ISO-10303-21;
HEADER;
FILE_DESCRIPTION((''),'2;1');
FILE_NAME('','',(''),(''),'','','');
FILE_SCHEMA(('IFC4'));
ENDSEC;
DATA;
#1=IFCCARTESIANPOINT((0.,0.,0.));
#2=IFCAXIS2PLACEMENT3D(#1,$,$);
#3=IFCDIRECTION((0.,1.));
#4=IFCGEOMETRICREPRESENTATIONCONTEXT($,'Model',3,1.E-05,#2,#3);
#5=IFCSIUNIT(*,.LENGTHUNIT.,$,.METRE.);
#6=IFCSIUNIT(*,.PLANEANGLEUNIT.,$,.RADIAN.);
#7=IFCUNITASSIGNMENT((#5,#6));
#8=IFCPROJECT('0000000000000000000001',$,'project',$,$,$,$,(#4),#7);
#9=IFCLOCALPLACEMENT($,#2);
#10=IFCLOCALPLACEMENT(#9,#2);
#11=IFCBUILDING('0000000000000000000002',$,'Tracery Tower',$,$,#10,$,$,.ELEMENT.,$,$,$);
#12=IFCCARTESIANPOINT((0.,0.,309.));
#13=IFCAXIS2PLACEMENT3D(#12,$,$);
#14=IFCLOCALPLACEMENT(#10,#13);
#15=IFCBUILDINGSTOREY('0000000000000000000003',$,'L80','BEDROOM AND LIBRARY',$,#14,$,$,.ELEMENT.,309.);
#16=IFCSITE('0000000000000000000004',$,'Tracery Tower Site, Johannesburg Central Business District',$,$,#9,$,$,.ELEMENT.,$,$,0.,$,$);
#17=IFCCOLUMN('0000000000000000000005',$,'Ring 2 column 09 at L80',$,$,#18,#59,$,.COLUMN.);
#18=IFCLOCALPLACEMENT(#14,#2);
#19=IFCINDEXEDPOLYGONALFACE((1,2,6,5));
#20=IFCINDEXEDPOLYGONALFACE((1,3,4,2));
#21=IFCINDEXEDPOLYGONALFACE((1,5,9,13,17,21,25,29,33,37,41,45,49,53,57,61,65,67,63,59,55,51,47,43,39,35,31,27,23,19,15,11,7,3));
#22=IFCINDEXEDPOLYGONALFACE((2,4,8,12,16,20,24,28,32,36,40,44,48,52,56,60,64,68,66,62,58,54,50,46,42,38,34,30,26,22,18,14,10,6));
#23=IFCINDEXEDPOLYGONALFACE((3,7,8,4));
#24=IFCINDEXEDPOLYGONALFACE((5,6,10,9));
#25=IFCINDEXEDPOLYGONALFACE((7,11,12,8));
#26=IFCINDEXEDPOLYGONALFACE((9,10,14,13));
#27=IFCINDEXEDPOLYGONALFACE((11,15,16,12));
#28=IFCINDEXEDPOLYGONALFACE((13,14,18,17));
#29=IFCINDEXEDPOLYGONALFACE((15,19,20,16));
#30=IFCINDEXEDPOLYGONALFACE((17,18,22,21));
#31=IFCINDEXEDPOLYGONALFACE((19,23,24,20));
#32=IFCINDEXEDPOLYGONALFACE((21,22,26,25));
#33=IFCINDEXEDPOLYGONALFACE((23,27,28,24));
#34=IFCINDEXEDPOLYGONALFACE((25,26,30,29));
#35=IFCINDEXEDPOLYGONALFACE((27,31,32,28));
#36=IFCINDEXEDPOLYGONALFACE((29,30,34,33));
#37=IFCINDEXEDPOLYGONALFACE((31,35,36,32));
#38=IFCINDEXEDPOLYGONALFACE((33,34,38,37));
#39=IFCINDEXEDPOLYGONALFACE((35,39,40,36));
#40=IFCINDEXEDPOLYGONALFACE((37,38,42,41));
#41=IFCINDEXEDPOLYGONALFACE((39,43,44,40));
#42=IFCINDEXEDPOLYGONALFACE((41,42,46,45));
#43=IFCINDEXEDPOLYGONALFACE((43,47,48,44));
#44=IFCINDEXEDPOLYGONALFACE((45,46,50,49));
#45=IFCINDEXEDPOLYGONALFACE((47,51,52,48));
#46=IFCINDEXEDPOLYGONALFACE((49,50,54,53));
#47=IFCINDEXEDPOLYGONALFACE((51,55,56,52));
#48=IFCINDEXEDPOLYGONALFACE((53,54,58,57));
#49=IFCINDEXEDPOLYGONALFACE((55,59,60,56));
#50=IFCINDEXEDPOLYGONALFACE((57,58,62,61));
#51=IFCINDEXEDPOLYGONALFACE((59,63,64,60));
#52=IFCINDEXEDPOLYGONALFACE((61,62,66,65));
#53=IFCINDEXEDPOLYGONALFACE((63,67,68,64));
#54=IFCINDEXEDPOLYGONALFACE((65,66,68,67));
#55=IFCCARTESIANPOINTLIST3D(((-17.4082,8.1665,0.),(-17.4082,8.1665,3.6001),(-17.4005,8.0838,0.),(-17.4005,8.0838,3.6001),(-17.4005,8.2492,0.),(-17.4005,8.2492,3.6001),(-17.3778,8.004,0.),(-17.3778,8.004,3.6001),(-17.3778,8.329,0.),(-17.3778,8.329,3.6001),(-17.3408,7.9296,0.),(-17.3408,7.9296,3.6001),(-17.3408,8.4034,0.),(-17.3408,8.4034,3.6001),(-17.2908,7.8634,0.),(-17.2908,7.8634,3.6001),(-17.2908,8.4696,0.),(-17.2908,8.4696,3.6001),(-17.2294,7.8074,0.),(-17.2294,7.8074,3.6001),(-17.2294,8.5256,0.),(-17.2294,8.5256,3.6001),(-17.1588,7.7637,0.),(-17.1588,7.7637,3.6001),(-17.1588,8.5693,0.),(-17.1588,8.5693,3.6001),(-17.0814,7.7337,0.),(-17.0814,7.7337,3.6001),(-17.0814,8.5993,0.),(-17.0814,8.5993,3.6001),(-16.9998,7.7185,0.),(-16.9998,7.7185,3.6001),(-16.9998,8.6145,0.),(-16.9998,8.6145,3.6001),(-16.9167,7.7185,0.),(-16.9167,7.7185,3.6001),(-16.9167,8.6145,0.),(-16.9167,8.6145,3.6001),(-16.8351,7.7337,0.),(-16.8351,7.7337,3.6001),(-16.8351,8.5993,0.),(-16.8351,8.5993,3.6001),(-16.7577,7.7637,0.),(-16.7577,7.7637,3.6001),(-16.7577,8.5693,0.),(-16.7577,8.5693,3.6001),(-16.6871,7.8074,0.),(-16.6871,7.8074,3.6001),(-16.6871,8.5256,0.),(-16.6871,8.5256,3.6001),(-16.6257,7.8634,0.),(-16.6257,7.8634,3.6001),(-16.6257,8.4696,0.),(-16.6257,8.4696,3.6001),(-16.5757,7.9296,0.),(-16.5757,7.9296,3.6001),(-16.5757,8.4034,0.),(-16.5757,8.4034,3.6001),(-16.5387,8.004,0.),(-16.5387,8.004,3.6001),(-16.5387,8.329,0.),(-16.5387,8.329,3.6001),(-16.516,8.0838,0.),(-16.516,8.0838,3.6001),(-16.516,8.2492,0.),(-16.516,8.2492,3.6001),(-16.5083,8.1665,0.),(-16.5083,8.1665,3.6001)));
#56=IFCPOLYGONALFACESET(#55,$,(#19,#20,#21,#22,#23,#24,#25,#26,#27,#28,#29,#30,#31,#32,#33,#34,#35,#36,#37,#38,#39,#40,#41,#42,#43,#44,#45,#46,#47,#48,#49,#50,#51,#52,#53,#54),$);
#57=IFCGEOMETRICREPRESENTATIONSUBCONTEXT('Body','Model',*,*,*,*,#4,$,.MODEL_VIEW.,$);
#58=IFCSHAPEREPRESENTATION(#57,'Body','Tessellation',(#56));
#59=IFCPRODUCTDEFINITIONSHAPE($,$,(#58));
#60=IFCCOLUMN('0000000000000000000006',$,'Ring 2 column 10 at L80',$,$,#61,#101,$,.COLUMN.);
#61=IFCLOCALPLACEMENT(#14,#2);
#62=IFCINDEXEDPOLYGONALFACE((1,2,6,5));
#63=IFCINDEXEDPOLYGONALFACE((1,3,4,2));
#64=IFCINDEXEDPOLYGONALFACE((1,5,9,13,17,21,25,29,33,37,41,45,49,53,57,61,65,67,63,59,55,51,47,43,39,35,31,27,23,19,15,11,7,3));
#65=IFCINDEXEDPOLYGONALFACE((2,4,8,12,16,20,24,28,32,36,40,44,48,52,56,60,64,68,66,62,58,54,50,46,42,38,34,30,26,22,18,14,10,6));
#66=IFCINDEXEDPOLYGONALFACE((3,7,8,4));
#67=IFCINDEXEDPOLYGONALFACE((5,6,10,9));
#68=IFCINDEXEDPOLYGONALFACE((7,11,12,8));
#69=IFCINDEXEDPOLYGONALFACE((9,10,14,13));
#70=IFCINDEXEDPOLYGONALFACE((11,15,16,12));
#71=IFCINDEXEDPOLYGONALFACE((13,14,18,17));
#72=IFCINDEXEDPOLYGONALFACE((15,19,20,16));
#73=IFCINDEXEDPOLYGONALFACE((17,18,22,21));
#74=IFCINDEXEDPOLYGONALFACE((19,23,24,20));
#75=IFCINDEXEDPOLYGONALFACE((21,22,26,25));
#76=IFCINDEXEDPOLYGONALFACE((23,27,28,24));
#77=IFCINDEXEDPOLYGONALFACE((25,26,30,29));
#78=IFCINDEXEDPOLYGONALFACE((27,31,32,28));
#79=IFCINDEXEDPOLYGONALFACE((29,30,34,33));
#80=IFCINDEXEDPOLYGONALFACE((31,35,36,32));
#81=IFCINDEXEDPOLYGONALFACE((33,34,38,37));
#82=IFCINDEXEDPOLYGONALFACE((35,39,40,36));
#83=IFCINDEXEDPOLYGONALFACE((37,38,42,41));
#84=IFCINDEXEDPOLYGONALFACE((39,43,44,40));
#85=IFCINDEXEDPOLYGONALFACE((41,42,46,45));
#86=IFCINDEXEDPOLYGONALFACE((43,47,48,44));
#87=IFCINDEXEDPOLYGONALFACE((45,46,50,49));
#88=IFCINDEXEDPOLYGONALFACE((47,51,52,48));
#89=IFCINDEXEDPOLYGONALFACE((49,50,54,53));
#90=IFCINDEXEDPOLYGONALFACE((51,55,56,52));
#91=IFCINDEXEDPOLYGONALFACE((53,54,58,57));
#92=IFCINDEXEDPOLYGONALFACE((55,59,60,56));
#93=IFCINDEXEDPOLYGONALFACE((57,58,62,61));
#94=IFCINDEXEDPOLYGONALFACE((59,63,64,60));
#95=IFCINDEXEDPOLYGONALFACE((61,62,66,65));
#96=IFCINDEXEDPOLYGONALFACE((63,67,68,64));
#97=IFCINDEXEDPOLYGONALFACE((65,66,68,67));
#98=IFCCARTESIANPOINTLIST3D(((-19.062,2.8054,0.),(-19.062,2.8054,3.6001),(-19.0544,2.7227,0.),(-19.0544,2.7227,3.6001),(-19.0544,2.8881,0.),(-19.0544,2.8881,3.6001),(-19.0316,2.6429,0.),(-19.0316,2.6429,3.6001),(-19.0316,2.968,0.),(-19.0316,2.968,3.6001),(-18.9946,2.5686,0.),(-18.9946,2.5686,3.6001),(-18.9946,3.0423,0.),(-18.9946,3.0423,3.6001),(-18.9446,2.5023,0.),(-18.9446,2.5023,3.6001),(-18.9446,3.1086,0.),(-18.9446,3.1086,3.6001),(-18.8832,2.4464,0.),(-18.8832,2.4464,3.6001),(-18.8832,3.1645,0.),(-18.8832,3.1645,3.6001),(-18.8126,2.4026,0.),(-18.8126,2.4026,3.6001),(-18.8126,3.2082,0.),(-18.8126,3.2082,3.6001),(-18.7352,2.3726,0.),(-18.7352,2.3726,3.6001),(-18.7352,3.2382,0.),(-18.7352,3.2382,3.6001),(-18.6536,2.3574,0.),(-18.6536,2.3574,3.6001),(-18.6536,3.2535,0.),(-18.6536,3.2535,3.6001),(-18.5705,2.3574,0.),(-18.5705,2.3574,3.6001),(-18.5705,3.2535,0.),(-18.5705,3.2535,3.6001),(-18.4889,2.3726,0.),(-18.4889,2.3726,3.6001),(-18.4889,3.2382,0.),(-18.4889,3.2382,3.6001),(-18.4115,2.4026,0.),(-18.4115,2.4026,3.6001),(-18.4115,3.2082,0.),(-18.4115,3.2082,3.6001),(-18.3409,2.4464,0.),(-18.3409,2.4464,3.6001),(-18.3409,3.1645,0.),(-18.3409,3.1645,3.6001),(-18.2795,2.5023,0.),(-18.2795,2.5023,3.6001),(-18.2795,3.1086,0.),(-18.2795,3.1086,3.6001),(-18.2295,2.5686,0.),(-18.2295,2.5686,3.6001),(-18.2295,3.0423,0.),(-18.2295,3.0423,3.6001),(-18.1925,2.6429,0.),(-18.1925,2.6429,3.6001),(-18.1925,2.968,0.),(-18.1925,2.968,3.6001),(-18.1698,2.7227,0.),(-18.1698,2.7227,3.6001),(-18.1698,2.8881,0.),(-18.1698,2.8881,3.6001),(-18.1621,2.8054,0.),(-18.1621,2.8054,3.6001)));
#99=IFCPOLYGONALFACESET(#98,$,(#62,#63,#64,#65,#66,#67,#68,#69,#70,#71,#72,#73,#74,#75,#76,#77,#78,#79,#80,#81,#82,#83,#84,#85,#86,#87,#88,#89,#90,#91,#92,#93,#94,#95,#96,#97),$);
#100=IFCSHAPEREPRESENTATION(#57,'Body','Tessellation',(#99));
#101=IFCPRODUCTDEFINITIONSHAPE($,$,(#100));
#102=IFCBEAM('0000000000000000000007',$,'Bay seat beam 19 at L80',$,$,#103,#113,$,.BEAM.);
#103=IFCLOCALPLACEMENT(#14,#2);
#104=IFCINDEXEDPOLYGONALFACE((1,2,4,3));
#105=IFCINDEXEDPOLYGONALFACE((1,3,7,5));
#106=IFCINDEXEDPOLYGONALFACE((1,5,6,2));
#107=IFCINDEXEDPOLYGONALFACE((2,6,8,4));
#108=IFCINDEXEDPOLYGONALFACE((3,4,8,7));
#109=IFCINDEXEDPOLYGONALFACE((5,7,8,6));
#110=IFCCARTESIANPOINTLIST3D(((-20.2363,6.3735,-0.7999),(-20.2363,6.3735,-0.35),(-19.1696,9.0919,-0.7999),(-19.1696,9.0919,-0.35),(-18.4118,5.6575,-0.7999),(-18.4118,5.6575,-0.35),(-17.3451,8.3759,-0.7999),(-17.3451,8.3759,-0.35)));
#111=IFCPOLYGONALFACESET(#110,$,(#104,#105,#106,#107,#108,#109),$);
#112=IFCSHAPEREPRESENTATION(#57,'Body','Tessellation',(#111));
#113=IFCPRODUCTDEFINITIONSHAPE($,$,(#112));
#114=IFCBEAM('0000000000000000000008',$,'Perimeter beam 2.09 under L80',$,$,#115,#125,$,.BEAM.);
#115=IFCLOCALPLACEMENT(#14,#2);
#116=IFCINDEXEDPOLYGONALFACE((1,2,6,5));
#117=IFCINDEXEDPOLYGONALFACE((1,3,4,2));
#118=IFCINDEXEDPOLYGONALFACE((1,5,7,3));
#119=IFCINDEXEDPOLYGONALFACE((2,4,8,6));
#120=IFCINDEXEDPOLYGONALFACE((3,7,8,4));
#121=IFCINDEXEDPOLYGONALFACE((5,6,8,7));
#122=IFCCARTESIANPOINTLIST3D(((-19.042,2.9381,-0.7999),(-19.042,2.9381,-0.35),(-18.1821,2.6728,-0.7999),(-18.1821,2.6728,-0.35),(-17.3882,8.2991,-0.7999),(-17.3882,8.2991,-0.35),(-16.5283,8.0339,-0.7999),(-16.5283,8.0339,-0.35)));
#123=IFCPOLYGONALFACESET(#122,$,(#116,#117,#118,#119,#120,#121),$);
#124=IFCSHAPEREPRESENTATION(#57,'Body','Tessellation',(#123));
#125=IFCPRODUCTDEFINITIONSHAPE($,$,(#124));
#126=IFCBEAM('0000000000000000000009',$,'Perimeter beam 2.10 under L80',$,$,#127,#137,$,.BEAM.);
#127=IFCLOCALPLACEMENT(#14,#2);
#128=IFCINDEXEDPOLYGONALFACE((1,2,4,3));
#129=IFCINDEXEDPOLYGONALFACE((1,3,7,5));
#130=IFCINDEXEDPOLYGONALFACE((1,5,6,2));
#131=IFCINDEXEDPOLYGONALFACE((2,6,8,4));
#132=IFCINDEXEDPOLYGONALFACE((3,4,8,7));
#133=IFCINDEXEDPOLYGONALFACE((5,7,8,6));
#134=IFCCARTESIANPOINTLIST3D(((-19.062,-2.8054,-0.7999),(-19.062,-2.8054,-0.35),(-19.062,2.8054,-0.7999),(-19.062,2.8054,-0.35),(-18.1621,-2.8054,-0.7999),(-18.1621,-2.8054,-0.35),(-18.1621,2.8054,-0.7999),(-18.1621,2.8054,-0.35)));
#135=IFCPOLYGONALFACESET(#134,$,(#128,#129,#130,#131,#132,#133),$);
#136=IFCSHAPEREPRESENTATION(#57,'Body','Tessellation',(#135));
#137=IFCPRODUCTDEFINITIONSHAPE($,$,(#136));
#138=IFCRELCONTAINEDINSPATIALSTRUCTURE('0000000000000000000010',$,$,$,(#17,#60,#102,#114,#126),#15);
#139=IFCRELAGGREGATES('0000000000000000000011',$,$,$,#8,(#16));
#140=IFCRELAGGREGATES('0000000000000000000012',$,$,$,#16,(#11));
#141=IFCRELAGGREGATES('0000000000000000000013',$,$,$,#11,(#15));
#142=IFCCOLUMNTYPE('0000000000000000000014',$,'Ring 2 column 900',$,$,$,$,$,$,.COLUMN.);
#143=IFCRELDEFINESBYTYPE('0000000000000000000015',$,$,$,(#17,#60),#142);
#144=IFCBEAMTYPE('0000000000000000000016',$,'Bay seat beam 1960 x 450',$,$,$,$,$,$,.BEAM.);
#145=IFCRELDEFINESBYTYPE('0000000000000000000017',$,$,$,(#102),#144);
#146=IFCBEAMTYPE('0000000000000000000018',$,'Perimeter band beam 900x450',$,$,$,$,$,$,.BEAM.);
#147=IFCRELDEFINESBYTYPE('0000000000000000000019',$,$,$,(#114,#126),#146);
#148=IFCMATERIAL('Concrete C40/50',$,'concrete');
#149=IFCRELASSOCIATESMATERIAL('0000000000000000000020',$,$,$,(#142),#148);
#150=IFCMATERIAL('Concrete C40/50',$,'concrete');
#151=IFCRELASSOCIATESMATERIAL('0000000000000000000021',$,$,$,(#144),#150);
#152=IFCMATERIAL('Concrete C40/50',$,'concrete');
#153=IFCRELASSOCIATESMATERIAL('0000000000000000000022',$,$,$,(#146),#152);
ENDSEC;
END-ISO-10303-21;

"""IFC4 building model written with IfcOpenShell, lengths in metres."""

from ifc_helpers import new_model, si_unit, direction, frame, origin, origin_2d, place, context, subcontext, project, spatial, rectangle, circle, extrude, material, material_profile, profile_set, type_object, element, save


model = new_model("IFC4")

# Units and contexts
model_context = context("Model", 3, precision=1e-05, world=origin(), true_north=direction((0.0, 1.0)))
body_context = subcontext(model_context, "Body", "Model", "MODEL_VIEW")
ifc_project = project(units=[si_unit("LENGTHUNIT", "METRE"), si_unit("PLANEANGLEUNIT", "RADIAN")], contexts=[model_context])

# Site, building, storey
site_placement = place(None, origin())
site = spatial("IfcSite", under=ifc_project, at=site_placement, Name="Tracery Tower Site, Johannesburg Central Business District", CompositionType="ELEMENT", RefElevation=0.0)
building_placement = place(site_placement, origin())
building = spatial("IfcBuilding", under=site, at=building_placement, Name="Tracery Tower", CompositionType="ELEMENT")
storey_placement = place(building_placement, frame((0.0, 0.0, 309.0)))
storey = spatial("IfcBuildingStorey", under=building, at=storey_placement, Name="L80", Description="BEDROOM AND LIBRARY", CompositionType="ELEMENT", Elevation=309.0)

# Columns
ifc_material_1 = material(Name="Concrete C40/50", Category="concrete")
ifc_material_profile_1 = material_profile(ifc_material_1, circle(Radius=0.45, at=origin_2d()), Name="RC D900")
ifc_profile_set_1 = profile_set([ifc_material_profile_1], Name="Concrete C40/50")
column_type = type_object("IfcColumnType", Name="Ring 2 column 900", PredefinedType="COLUMN", material=ifc_profile_set_1)
for number, where, z_axis, x_axis, name in (
    (1, (-16.9583, 8.1665, 0.0), (0.0, 0.0, 1.0), (1.0, 0.0, 0.0), "Ring 2 column 09 at L80"),
    (2, (-18.6121, 2.8054, 0.0), (0.0, 0.0, 1.0), (1.0, 0.0, 0.0), "Ring 2 column 10 at L80"),
):
    element("IfcColumn", number, at=place(storey_placement, frame(where, z_axis=z_axis, x_axis=x_axis)), inside=storey, type_object=column_type, Name=name, PredefinedType="COLUMN", context=body_context, shape_type="SweptSolid", body=[
        extrude(circle(Radius=0.45, at=origin_2d()), origin(), (0.0, 0.0, 1.0), 3.6001),
    ])

# Beams
ifc_material_2 = material(Name="Concrete C40/50", Category="concrete")
ifc_material_profile_2 = material_profile(ifc_material_2, rectangle(XDim=1.96, YDim=0.45, at=origin_2d()), Name="RC 1960x450")
ifc_profile_set_2 = profile_set([ifc_material_profile_2], Name="Concrete C40/50")
beam_type_1 = type_object("IfcBeamType", Name="Bay seat beam 1960 x 450", PredefinedType="BEAM", material=ifc_profile_set_2)
beam_1_placement = place(storey_placement, frame((-18.2573, 8.7339, -0.575), z_axis=(-0.365285, -0.930896, 0.0), x_axis=(0.930896, -0.365285, 0.0)))
element("IfcBeam", 3, at=beam_1_placement, inside=storey, type_object=beam_type_1, Name="Bay seat beam 19 at L80", PredefinedType="BEAM", context=body_context, shape_type="SweptSolid", body=[
    extrude(rectangle(XDim=1.96, YDim=0.45, at=origin_2d()), origin(), (0.0, 0.0, 1.0), 2.9202),
])
ifc_material_3 = material(Name="Concrete C40/50", Category="concrete")
ifc_material_profile_3 = material_profile(ifc_material_3, rectangle(XDim=0.8999, YDim=0.45, at=origin_2d()), Name="RC 900x450")
ifc_profile_set_3 = profile_set([ifc_material_profile_3], Name="Concrete C40/50")
beam_type_2 = type_object("IfcBeamType", Name="Perimeter band beam 900x450", PredefinedType="BEAM", material=ifc_profile_set_3)
beam_2_placement = place(storey_placement, frame((-16.9583, 8.1665, -0.575), z_axis=(-0.294777, -0.955566, 0.0), x_axis=(0.955566, -0.294777, 0.0)))
element("IfcBeam", 4, at=beam_2_placement, inside=storey, type_object=beam_type_2, Name="Perimeter beam 2.09 under L80", PredefinedType="BEAM", context=body_context, shape_type="SweptSolid", body=[
    extrude(rectangle(XDim=0.8999, YDim=0.45, at=origin_2d()), origin(), (0.0, 0.0, 1.0), 5.6104),
])
beam_3_placement = place(storey_placement, frame((-18.6121, 2.8054, -0.575), z_axis=(0.0, -1.0, 0.0), x_axis=(1.0, 0.0, 0.0)))
element("IfcBeam", 5, at=beam_3_placement, inside=storey, type_object=beam_type_2, Name="Perimeter beam 2.10 under L80", PredefinedType="BEAM", context=body_context, shape_type="SweptSolid", body=[
    extrude(rectangle(XDim=0.8999, YDim=0.45, at=origin_2d()), origin(), (0.0, 0.0, 1.0), 5.6108),
])

save(model, "model.ifc")
